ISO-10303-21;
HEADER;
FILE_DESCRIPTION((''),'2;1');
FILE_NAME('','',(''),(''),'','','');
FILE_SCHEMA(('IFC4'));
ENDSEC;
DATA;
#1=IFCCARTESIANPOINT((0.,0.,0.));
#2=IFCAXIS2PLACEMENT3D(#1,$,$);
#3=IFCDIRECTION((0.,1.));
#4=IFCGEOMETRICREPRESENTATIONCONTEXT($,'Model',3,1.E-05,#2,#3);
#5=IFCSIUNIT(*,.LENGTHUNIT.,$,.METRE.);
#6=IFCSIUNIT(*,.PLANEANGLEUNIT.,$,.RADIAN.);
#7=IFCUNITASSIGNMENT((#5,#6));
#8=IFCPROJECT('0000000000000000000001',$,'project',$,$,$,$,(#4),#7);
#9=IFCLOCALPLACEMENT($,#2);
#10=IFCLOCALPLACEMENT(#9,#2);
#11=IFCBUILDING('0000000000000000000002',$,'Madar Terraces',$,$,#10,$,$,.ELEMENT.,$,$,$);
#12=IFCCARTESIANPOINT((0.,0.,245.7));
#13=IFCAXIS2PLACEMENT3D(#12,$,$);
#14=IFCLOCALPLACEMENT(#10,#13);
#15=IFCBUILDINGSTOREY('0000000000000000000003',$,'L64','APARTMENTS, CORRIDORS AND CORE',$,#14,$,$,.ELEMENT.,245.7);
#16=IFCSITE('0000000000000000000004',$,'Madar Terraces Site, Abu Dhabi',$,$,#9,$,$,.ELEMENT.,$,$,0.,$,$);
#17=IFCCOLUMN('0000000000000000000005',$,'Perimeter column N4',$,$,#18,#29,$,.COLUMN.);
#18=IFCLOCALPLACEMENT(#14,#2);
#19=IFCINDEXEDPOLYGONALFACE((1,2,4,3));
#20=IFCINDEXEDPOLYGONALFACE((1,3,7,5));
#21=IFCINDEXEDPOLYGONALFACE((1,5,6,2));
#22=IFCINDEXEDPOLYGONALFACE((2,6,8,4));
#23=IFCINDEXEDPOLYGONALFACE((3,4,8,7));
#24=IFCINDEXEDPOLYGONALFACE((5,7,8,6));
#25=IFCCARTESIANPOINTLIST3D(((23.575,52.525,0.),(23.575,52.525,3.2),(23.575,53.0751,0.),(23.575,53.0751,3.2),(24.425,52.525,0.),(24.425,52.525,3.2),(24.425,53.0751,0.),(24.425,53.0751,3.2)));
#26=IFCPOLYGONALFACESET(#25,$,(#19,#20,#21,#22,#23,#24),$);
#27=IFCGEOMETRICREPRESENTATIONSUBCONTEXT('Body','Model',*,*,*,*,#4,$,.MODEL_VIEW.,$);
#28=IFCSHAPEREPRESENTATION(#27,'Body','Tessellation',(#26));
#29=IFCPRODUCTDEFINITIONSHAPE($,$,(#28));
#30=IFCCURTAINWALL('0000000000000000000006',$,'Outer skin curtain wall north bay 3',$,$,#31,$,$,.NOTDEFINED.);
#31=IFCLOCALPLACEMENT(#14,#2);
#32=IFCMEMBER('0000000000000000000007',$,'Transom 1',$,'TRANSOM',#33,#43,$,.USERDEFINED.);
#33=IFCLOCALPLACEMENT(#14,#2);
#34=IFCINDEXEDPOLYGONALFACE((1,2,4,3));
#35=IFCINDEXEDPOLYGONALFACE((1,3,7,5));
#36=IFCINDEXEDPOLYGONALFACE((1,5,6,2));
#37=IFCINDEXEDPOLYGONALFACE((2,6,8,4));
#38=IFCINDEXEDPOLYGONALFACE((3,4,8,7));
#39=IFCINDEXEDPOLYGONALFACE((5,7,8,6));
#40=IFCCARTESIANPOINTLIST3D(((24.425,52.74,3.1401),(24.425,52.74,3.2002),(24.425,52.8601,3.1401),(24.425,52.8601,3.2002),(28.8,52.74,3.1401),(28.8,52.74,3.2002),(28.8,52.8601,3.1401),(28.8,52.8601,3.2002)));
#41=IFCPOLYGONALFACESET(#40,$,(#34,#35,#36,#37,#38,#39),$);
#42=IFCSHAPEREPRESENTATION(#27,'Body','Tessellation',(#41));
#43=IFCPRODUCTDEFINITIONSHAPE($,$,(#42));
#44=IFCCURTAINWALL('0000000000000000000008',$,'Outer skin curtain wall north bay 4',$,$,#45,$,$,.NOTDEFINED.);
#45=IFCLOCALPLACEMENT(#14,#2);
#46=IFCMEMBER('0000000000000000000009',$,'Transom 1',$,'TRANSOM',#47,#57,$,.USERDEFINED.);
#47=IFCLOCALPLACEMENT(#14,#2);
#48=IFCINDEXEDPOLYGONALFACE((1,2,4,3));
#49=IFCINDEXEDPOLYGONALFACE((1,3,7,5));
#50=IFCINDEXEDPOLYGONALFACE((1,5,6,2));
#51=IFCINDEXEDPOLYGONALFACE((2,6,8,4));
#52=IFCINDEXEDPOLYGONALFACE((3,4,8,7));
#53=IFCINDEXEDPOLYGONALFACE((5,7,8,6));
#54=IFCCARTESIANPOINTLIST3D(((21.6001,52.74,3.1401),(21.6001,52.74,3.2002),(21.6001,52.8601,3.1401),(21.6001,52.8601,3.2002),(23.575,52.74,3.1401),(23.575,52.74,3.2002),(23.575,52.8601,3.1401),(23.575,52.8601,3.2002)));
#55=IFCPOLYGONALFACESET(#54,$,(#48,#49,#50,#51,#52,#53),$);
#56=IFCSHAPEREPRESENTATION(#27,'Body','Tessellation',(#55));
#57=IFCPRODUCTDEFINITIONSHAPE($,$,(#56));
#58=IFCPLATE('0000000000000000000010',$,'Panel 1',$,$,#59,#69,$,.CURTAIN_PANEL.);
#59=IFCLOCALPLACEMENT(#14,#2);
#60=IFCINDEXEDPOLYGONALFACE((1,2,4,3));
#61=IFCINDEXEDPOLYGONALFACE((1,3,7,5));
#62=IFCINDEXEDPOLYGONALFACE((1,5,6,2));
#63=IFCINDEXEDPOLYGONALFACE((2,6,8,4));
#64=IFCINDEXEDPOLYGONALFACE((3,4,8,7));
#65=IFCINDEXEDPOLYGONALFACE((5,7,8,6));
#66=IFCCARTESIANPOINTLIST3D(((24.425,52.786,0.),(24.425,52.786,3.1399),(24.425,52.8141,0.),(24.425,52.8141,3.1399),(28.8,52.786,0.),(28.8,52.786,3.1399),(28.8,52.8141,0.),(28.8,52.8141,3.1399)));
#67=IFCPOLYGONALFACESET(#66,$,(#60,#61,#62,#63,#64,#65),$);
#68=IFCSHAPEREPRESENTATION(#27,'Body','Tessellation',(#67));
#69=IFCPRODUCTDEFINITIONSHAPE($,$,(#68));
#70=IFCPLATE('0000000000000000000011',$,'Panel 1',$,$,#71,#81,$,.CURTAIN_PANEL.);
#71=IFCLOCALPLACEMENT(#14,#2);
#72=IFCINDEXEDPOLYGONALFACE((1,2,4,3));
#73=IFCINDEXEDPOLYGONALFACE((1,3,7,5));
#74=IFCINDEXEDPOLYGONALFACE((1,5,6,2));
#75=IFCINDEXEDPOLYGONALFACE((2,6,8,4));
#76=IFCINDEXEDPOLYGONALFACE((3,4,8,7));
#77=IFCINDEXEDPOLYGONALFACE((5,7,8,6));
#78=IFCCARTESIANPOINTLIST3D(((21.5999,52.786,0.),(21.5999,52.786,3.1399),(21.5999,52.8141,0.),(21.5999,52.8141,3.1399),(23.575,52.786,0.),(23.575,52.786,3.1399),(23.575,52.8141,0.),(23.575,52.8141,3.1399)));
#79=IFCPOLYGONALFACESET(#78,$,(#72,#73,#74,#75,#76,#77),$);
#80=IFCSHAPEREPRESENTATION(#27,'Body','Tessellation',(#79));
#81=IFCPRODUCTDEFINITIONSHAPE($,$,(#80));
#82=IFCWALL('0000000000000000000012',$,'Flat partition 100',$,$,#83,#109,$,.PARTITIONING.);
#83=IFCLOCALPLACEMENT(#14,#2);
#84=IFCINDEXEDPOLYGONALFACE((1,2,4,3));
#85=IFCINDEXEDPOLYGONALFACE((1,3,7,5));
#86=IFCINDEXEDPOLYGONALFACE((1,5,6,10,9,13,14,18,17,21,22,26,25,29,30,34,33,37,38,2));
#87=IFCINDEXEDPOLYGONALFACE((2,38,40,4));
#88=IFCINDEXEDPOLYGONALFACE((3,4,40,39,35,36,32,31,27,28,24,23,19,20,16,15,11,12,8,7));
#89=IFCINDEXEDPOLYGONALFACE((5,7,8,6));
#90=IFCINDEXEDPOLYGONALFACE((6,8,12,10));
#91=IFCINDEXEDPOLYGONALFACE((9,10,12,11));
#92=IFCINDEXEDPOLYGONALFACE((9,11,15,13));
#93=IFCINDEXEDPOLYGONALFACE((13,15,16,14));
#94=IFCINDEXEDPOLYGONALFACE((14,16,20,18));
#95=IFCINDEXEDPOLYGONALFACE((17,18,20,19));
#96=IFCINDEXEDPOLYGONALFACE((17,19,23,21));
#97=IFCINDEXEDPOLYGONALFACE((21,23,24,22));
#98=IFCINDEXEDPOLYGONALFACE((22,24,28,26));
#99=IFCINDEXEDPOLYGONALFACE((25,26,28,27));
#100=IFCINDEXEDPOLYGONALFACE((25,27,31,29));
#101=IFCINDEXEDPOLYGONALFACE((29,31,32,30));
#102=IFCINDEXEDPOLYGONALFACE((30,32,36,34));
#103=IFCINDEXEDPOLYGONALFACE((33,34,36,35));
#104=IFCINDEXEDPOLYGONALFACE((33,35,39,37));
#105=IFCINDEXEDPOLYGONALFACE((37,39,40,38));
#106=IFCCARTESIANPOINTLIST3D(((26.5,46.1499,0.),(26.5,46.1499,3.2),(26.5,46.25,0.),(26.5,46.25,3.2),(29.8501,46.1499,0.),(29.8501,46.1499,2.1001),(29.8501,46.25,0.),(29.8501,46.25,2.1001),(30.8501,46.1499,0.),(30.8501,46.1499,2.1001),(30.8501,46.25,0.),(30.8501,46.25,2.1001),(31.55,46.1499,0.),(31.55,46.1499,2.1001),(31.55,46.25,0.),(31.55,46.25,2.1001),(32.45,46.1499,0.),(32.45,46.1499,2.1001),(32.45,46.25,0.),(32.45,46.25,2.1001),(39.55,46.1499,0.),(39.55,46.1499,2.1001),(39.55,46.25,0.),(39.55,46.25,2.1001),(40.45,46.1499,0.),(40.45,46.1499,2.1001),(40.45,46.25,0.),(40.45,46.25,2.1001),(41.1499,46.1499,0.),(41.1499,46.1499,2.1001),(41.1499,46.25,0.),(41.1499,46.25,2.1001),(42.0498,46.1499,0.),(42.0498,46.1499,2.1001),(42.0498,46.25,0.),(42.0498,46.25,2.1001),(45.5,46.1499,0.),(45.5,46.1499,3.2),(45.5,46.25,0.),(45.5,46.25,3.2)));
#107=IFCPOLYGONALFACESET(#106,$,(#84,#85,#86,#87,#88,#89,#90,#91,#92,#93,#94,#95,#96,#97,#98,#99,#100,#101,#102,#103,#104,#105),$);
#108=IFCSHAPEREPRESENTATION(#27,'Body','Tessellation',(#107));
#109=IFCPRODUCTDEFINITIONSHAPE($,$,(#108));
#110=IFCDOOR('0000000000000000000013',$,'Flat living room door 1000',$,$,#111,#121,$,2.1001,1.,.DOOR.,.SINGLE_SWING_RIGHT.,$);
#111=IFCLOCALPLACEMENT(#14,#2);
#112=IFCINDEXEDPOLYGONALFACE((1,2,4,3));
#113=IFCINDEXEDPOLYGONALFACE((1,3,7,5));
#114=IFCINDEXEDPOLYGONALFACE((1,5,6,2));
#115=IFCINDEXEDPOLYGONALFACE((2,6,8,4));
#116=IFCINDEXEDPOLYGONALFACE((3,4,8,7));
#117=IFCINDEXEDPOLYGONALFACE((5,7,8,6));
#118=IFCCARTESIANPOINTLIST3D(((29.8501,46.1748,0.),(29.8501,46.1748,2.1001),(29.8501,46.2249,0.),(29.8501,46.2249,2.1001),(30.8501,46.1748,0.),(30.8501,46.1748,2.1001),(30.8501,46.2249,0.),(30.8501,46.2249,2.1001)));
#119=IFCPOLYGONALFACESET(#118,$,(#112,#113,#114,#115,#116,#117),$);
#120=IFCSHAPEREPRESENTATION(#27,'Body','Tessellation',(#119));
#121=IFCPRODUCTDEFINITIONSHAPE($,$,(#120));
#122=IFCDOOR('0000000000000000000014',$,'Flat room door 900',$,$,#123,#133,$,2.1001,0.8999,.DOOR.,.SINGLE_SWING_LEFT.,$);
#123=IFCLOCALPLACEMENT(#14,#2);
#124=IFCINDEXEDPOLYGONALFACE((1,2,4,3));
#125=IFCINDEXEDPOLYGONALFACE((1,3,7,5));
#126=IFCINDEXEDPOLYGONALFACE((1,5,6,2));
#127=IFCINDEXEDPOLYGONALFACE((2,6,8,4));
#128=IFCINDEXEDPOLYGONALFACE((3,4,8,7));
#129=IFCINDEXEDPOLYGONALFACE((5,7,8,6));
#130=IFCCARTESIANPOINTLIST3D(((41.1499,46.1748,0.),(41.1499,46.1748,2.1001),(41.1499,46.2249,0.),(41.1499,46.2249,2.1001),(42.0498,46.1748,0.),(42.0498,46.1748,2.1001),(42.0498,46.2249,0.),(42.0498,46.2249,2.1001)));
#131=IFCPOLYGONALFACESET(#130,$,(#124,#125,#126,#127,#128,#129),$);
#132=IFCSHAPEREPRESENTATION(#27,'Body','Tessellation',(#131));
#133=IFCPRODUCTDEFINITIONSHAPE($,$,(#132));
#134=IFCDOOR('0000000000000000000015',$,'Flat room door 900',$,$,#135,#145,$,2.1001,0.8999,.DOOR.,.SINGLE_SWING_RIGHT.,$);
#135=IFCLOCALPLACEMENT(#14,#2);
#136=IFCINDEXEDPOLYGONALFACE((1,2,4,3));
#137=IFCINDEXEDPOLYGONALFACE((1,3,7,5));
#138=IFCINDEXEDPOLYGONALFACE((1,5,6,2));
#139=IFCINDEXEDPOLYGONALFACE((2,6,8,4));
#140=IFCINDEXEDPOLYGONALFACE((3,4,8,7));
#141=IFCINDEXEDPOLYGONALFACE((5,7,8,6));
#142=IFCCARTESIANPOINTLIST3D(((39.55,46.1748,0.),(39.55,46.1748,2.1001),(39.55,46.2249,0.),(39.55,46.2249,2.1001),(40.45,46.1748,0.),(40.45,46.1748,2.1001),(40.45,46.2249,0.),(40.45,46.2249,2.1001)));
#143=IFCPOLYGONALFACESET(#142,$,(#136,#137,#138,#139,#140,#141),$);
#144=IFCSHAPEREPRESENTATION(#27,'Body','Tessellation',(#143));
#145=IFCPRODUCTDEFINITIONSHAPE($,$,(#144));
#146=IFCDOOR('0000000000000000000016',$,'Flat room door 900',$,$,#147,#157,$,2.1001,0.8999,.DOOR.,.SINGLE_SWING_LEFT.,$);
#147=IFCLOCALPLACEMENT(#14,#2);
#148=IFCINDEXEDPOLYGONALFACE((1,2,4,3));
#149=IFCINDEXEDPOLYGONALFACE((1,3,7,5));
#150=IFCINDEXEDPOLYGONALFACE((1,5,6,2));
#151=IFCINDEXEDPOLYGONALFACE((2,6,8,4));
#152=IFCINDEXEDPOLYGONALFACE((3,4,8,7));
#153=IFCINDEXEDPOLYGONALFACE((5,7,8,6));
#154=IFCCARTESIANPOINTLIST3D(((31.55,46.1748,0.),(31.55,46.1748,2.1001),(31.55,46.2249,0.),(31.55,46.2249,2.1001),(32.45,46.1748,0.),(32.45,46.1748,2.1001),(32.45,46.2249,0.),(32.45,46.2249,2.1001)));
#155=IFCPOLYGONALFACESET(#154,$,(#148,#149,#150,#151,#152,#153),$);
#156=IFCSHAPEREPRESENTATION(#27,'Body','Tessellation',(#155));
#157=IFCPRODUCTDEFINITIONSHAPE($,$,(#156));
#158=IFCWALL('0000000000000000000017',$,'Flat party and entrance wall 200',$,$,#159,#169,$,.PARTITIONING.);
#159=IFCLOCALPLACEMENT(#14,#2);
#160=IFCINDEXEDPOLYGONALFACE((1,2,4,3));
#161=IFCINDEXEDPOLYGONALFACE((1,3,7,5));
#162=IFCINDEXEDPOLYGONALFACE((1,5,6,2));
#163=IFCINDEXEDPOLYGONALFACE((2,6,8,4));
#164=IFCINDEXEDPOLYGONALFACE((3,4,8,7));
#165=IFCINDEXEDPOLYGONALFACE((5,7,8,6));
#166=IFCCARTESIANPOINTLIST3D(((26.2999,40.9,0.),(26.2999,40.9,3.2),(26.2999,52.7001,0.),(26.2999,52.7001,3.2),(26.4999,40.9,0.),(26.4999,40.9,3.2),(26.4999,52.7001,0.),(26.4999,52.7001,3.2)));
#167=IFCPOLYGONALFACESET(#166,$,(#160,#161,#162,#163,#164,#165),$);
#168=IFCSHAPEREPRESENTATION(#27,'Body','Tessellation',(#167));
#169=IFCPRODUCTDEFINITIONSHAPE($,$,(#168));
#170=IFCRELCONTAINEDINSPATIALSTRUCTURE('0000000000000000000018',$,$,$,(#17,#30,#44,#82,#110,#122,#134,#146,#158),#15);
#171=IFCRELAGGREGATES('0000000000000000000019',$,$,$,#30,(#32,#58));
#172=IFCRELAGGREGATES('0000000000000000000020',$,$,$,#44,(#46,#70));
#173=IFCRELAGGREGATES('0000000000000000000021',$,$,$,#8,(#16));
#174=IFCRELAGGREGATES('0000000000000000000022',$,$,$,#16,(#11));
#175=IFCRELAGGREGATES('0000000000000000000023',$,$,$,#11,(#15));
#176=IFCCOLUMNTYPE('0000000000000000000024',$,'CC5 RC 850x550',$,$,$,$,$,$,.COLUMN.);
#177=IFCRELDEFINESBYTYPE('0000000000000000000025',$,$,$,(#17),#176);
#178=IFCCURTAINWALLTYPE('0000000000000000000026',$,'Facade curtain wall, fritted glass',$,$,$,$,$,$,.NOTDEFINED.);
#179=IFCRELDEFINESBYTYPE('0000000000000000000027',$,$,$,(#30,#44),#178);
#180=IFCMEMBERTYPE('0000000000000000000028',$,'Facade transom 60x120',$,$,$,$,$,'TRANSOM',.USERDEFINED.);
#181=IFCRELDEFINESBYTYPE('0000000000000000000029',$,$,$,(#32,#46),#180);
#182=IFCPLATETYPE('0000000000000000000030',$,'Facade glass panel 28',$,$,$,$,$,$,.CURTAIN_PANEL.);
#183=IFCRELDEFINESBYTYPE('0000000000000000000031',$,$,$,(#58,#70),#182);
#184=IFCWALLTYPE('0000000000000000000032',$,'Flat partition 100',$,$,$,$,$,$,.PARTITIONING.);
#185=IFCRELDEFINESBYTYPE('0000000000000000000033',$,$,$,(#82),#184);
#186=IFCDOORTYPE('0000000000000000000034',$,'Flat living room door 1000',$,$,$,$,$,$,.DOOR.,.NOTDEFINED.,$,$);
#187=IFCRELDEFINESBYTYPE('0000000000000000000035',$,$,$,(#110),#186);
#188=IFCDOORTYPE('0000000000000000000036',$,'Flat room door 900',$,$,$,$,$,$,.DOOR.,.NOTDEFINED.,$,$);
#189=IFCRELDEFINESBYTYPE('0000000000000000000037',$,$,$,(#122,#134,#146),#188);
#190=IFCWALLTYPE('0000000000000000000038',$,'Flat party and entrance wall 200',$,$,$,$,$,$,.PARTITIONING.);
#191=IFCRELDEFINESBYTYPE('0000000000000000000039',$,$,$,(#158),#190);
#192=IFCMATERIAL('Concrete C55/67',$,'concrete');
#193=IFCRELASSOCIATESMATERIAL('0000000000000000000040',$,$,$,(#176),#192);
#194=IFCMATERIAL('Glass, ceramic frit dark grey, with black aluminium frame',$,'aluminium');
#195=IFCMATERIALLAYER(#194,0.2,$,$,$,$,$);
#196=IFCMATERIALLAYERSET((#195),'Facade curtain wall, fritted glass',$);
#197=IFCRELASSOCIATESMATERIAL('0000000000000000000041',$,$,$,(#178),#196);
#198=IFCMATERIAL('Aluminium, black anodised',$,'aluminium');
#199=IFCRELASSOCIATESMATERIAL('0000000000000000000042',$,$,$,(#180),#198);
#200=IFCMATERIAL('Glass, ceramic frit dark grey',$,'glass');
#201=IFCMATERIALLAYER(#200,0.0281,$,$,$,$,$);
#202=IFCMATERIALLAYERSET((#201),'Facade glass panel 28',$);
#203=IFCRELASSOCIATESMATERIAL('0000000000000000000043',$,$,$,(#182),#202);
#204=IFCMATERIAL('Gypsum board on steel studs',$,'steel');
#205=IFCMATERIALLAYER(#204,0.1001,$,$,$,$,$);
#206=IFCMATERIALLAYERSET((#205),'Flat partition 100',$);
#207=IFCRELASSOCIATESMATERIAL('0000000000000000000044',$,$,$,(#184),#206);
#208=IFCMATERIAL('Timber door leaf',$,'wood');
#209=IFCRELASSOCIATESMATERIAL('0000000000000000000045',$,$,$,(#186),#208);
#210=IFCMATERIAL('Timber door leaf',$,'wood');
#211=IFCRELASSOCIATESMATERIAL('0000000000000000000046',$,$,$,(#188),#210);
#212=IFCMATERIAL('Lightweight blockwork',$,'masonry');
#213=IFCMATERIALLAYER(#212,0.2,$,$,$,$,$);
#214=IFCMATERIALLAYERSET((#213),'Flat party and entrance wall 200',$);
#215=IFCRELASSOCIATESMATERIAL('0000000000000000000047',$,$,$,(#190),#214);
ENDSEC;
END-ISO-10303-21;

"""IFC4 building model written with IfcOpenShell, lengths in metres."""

from ifc_helpers import new_model, si_unit, direction, frame, frame_2d, origin, origin_2d, place, context, subcontext, project, spatial, rectangle, extrude, material, layer, layer_set, material_profile, profile_set, type_object, element, fill, aggregate, save


model = new_model("IFC4")

# Units and contexts
model_context = context("Model", 3, precision=1e-05, world=origin(), true_north=direction((0.0, 1.0)))
body_context = subcontext(model_context, "Body", "Model", "MODEL_VIEW")
ifc_project = project(units=[si_unit("LENGTHUNIT", "METRE"), si_unit("PLANEANGLEUNIT", "RADIAN")], contexts=[model_context])

# Site, building, storey
site_placement = place(None, origin())
site = spatial("IfcSite", under=ifc_project, at=site_placement, Name="Madar Terraces Site, Abu Dhabi", CompositionType="ELEMENT", RefElevation=0.0)
building_placement = place(site_placement, origin())
building = spatial("IfcBuilding", under=site, at=building_placement, Name="Madar Terraces", CompositionType="ELEMENT")
storey_placement = place(building_placement, frame((0.0, 0.0, 245.7)))
storey = spatial("IfcBuildingStorey", under=building, at=storey_placement, Name="L64", Description="APARTMENTS, CORRIDORS AND CORE", CompositionType="ELEMENT", Elevation=245.7)

# Column
ifc_material_1 = material(Name="Concrete C55/67", Category="concrete")
ifc_material_profile_1 = material_profile(ifc_material_1, rectangle(XDim=0.8501, YDim=0.55, at=origin_2d()), Name="CC5 RC 850x550")
ifc_profile_set_1 = profile_set([ifc_material_profile_1], Name="Concrete C55/67")
column_type = type_object("IfcColumnType", Name="CC5 RC 850x550", PredefinedType="COLUMN", material=ifc_profile_set_1)
column_placement = place(storey_placement, frame((24.0, 52.8, 0.0), z_axis=(0.0, 0.0, 1.0), x_axis=(1.0, 0.0, 0.0)))
element("IfcColumn", 1, at=column_placement, inside=storey, type_object=column_type, Name="Perimeter column N4", PredefinedType="COLUMN", context=body_context, shape_type="SweptSolid", body=[
    extrude(rectangle(XDim=0.8501, YDim=0.55, at=origin_2d()), origin(), (0.0, 0.0, 1.0), 3.2),
])

# Curtain walls, members
ifc_material_2 = material(Name="Glass, ceramic frit dark grey, with black aluminium frame", Category="aluminium")
ifc_layer_1 = layer(ifc_material_2, 0.2)
ifc_layer_set_1 = layer_set([ifc_layer_1], Name="Facade curtain wall, fritted glass")
curtain_wall_type = type_object("IfcCurtainWallType", Name="Facade curtain wall, fritted glass", PredefinedType="NOTDEFINED", material=ifc_layer_set_1)
curtain_wall_1_placement = place(storey_placement, origin())
curtain_wall_1 = element("IfcCurtainWall", 2, at=curtain_wall_1_placement, inside=storey, type_object=curtain_wall_type, Name="Outer skin curtain wall north bay 3", PredefinedType="NOTDEFINED")
ifc_material_3 = material(Name="Aluminium, black anodised", Category="aluminium")
ifc_material_profile_2 = material_profile(ifc_material_3, rectangle(XDim=0.1201, YDim=0.0601, at=origin_2d()), Name="Facade transom 60x120")
ifc_profile_set_2 = profile_set([ifc_material_profile_2], Name="Aluminium, black anodised")
member_type = type_object("IfcMemberType", Name="Facade transom 60x120", ElementType="TRANSOM", PredefinedType="USERDEFINED", material=ifc_profile_set_2)
member_1_placement = place(storey_placement, frame((28.8, 52.8, 3.1702), z_axis=(-1.0, 0.0, 0.0), x_axis=(0.0, -1.0, 0.0)))
member_1 = element("IfcMember", 3, at=member_1_placement, type_object=member_type, Name="Transom 1", ObjectType="TRANSOM", PredefinedType="USERDEFINED", context=body_context, shape_type="SweptSolid", body=[
    extrude(rectangle(XDim=0.1201, YDim=0.0601, at=origin_2d()), origin(), (0.0, 0.0, 1.0), 4.375),
])
curtain_wall_2_placement = place(storey_placement, origin())
curtain_wall_2 = element("IfcCurtainWall", 4, at=curtain_wall_2_placement, inside=storey, type_object=curtain_wall_type, Name="Outer skin curtain wall north bay 4", PredefinedType="NOTDEFINED")
member_2_placement = place(storey_placement, frame((23.575, 52.8, 3.1702), z_axis=(-1.0, 0.0, 0.0), x_axis=(0.0, -1.0, 0.0)))
member_2 = element("IfcMember", 5, at=member_2_placement, type_object=member_type, Name="Transom 1", ObjectType="TRANSOM", PredefinedType="USERDEFINED", context=body_context, shape_type="SweptSolid", body=[
    extrude(rectangle(XDim=0.1201, YDim=0.0601, at=origin_2d()), origin(), (0.0, 0.0, 1.0), 1.9749),
])

# Plates
ifc_material_4 = material(Name="Glass, ceramic frit dark grey", Category="glass")
ifc_layer_2 = layer(ifc_material_4, 0.0281)
ifc_layer_set_2 = layer_set([ifc_layer_2], Name="Facade glass panel 28")
plate_type = type_object("IfcPlateType", Name="Facade glass panel 28", PredefinedType="CURTAIN_PANEL", material=ifc_layer_set_2)
plate_1_placement = place(storey_placement, frame((26.6125, 52.8, 0.0), z_axis=(0.0, 0.0, 1.0), x_axis=(-1.0, 0.0, 0.0)))
plate_1 = element("IfcPlate", 6, at=plate_1_placement, type_object=plate_type, Name="Panel 1", PredefinedType="CURTAIN_PANEL", context=body_context, shape_type="SweptSolid", body=[
    extrude(rectangle(XDim=4.375, YDim=0.0281, at=origin_2d()), origin(), (0.0, 0.0, 1.0), 3.1399),
])
aggregate(curtain_wall_1, [member_1, plate_1])
plate_2_placement = place(storey_placement, frame((22.5874, 52.8, 0.0), z_axis=(0.0, 0.0, 1.0), x_axis=(-1.0, 0.0, 0.0)))
plate_2 = element("IfcPlate", 7, at=plate_2_placement, type_object=plate_type, Name="Panel 1", PredefinedType="CURTAIN_PANEL", context=body_context, shape_type="SweptSolid", body=[
    extrude(rectangle(XDim=1.9751, YDim=0.0281, at=origin_2d()), origin(), (0.0, 0.0, 1.0), 3.1399),
])
aggregate(curtain_wall_2, [member_2, plate_2])

# Wall, openings, doors
ifc_material_5 = material(Name="Gypsum board on steel studs", Category="steel")
ifc_layer_3 = layer(ifc_material_5, 0.1001)
ifc_layer_set_3 = layer_set([ifc_layer_3], Name="Flat partition 100")
wall_type_1 = type_object("IfcWallType", Name="Flat partition 100", PredefinedType="PARTITIONING", material=ifc_layer_set_3)
wall_1_placement = place(storey_placement, frame((26.5, 46.2, 0.0), z_axis=(0.0, 0.0, 1.0), x_axis=(1.0, 0.0, 0.0)))
wall_1 = element("IfcWall", 8, at=wall_1_placement, inside=storey, type_object=wall_type_1, Name="Flat partition 100", PredefinedType="PARTITIONING", context=body_context, shape_type="SweptSolid", body=[
    extrude(rectangle(XDim=19.0, YDim=0.1001, at=frame_2d((9.5, 0.0))), origin(), (0.0, 0.0, 1.0), 3.2),
])
opening_1_placement = place(wall_1_placement, frame((14.6499, 0.0, 0.0)))
opening_1 = element("IfcOpeningElement", 9, at=opening_1_placement, cuts=wall_1, PredefinedType="OPENING", context=body_context, shape_type="SweptSolid", body=[
    extrude(rectangle(XDim=0.8999, YDim=2.1001, at=frame_2d((0.45, 1.05))), frame((0.0, 0.0601, 0.0), z_axis=(0.0, -1.0, 0.0), x_axis=(1.0, 0.0, 0.0)), (0.0, 0.0, 1.0), 0.1201),
])
opening_2_placement = place(wall_1_placement, frame((13.05, 0.0, 0.0)))
opening_2 = element("IfcOpeningElement", 10, at=opening_2_placement, cuts=wall_1, PredefinedType="OPENING", context=body_context, shape_type="SweptSolid", body=[
    extrude(rectangle(XDim=0.8999, YDim=2.1001, at=frame_2d((0.45, 1.05))), frame((0.0, 0.0601, 0.0), z_axis=(0.0, -1.0, 0.0), x_axis=(1.0, 0.0, 0.0)), (0.0, 0.0, 1.0), 0.1201),
])
opening_3_placement = place(wall_1_placement, frame((5.05, 0.0, 0.0)))
opening_3 = element("IfcOpeningElement", 11, at=opening_3_placement, cuts=wall_1, PredefinedType="OPENING", context=body_context, shape_type="SweptSolid", body=[
    extrude(rectangle(XDim=0.8999, YDim=2.1001, at=frame_2d((0.45, 1.05))), frame((0.0, 0.0601, 0.0), z_axis=(0.0, -1.0, 0.0), x_axis=(1.0, 0.0, 0.0)), (0.0, 0.0, 1.0), 0.1201),
])
opening_4_placement = place(wall_1_placement, frame((3.3501, 0.0, 0.0)))
opening_4 = element("IfcOpeningElement", 12, at=opening_4_placement, cuts=wall_1, PredefinedType="OPENING", context=body_context, shape_type="SweptSolid", body=[
    extrude(rectangle(XDim=1.0, YDim=2.1001, at=frame_2d((0.5, 1.05))), frame((0.0, 0.0601, 0.0), z_axis=(0.0, -1.0, 0.0), x_axis=(1.0, 0.0, 0.0)), (0.0, 0.0, 1.0), 0.1201),
])
ifc_material_6 = material(Name="Timber door leaf", Category="wood")
door_type_1 = type_object("IfcDoorType", Name="Flat living room door 1000", OperationType="NOTDEFINED", PredefinedType="DOOR", material=ifc_material_6)
door_1_placement = place(opening_4_placement, origin())
door_1 = element("IfcDoor", 13, at=door_1_placement, inside=storey, type_object=door_type_1, Name="Flat living room door 1000", OperationType="SINGLE_SWING_RIGHT", OverallHeight=2.1001, OverallWidth=1.0, PredefinedType="DOOR", context=body_context, shape_type="SweptSolid", body=[
    extrude(rectangle(XDim=1.0, YDim=2.1001, at=frame_2d((0.5, 1.05))), frame((0.0, 0.0249, 0.0), z_axis=(0.0, -1.0, 0.0), x_axis=(1.0, 0.0, 0.0)), (0.0, 0.0, 1.0), 0.05),
])
fill(opening_4, door_1)
ifc_material_7 = material(Name="Timber door leaf", Category="wood")
door_type_2 = type_object("IfcDoorType", Name="Flat room door 900", OperationType="NOTDEFINED", PredefinedType="DOOR", material=ifc_material_7)
door_2_placement = place(opening_1_placement, origin())
door_2 = element("IfcDoor", 14, at=door_2_placement, inside=storey, type_object=door_type_2, Name="Flat room door 900", OperationType="SINGLE_SWING_LEFT", OverallHeight=2.1001, OverallWidth=0.8999, PredefinedType="DOOR", context=body_context, shape_type="SweptSolid", body=[
    extrude(rectangle(XDim=0.8999, YDim=2.1001, at=frame_2d((0.45, 1.05))), frame((0.0, 0.0249, 0.0), z_axis=(0.0, -1.0, 0.0), x_axis=(1.0, 0.0, 0.0)), (0.0, 0.0, 1.0), 0.05),
])
fill(opening_1, door_2)
door_3_placement = place(opening_2_placement, origin())
door_3 = element("IfcDoor", 15, at=door_3_placement, inside=storey, type_object=door_type_2, Name="Flat room door 900", OperationType="SINGLE_SWING_RIGHT", OverallHeight=2.1001, OverallWidth=0.8999, PredefinedType="DOOR", context=body_context, shape_type="SweptSolid", body=[
    extrude(rectangle(XDim=0.8999, YDim=2.1001, at=frame_2d((0.45, 1.05))), frame((0.0, 0.0249, 0.0), z_axis=(0.0, -1.0, 0.0), x_axis=(1.0, 0.0, 0.0)), (0.0, 0.0, 1.0), 0.05),
])
fill(opening_2, door_3)
door_4_placement = place(opening_3_placement, origin())
door_4 = element("IfcDoor", 16, at=door_4_placement, inside=storey, type_object=door_type_2, Name="Flat room door 900", OperationType="SINGLE_SWING_LEFT", OverallHeight=2.1001, OverallWidth=0.8999, PredefinedType="DOOR", context=body_context, shape_type="SweptSolid", body=[
    extrude(rectangle(XDim=0.8999, YDim=2.1001, at=frame_2d((0.45, 1.05))), frame((0.0, 0.0249, 0.0), z_axis=(0.0, -1.0, 0.0), x_axis=(1.0, 0.0, 0.0)), (0.0, 0.0, 1.0), 0.05),
])
fill(opening_3, door_4)

# Wall
ifc_material_8 = material(Name="Lightweight blockwork", Category="masonry")
ifc_layer_4 = layer(ifc_material_8, 0.2)
ifc_layer_set_4 = layer_set([ifc_layer_4], Name="Flat party and entrance wall 200")
wall_type_2 = type_object("IfcWallType", Name="Flat party and entrance wall 200", PredefinedType="PARTITIONING", material=ifc_layer_set_4)
wall_2_placement = place(storey_placement, frame((26.3999, 52.7, 0.0), z_axis=(0.0, 0.0, 1.0), x_axis=(0.0, -1.0, 0.0)))
element("IfcWall", 17, at=wall_2_placement, inside=storey, type_object=wall_type_2, Name="Flat party and entrance wall 200", PredefinedType="PARTITIONING", context=body_context, shape_type="SweptSolid", body=[
    extrude(rectangle(XDim=11.8, YDim=0.2, at=frame_2d((5.8999, 0.0))), origin(), (0.0, 0.0, 1.0), 3.2),
])

save(model, "model.ifc")
